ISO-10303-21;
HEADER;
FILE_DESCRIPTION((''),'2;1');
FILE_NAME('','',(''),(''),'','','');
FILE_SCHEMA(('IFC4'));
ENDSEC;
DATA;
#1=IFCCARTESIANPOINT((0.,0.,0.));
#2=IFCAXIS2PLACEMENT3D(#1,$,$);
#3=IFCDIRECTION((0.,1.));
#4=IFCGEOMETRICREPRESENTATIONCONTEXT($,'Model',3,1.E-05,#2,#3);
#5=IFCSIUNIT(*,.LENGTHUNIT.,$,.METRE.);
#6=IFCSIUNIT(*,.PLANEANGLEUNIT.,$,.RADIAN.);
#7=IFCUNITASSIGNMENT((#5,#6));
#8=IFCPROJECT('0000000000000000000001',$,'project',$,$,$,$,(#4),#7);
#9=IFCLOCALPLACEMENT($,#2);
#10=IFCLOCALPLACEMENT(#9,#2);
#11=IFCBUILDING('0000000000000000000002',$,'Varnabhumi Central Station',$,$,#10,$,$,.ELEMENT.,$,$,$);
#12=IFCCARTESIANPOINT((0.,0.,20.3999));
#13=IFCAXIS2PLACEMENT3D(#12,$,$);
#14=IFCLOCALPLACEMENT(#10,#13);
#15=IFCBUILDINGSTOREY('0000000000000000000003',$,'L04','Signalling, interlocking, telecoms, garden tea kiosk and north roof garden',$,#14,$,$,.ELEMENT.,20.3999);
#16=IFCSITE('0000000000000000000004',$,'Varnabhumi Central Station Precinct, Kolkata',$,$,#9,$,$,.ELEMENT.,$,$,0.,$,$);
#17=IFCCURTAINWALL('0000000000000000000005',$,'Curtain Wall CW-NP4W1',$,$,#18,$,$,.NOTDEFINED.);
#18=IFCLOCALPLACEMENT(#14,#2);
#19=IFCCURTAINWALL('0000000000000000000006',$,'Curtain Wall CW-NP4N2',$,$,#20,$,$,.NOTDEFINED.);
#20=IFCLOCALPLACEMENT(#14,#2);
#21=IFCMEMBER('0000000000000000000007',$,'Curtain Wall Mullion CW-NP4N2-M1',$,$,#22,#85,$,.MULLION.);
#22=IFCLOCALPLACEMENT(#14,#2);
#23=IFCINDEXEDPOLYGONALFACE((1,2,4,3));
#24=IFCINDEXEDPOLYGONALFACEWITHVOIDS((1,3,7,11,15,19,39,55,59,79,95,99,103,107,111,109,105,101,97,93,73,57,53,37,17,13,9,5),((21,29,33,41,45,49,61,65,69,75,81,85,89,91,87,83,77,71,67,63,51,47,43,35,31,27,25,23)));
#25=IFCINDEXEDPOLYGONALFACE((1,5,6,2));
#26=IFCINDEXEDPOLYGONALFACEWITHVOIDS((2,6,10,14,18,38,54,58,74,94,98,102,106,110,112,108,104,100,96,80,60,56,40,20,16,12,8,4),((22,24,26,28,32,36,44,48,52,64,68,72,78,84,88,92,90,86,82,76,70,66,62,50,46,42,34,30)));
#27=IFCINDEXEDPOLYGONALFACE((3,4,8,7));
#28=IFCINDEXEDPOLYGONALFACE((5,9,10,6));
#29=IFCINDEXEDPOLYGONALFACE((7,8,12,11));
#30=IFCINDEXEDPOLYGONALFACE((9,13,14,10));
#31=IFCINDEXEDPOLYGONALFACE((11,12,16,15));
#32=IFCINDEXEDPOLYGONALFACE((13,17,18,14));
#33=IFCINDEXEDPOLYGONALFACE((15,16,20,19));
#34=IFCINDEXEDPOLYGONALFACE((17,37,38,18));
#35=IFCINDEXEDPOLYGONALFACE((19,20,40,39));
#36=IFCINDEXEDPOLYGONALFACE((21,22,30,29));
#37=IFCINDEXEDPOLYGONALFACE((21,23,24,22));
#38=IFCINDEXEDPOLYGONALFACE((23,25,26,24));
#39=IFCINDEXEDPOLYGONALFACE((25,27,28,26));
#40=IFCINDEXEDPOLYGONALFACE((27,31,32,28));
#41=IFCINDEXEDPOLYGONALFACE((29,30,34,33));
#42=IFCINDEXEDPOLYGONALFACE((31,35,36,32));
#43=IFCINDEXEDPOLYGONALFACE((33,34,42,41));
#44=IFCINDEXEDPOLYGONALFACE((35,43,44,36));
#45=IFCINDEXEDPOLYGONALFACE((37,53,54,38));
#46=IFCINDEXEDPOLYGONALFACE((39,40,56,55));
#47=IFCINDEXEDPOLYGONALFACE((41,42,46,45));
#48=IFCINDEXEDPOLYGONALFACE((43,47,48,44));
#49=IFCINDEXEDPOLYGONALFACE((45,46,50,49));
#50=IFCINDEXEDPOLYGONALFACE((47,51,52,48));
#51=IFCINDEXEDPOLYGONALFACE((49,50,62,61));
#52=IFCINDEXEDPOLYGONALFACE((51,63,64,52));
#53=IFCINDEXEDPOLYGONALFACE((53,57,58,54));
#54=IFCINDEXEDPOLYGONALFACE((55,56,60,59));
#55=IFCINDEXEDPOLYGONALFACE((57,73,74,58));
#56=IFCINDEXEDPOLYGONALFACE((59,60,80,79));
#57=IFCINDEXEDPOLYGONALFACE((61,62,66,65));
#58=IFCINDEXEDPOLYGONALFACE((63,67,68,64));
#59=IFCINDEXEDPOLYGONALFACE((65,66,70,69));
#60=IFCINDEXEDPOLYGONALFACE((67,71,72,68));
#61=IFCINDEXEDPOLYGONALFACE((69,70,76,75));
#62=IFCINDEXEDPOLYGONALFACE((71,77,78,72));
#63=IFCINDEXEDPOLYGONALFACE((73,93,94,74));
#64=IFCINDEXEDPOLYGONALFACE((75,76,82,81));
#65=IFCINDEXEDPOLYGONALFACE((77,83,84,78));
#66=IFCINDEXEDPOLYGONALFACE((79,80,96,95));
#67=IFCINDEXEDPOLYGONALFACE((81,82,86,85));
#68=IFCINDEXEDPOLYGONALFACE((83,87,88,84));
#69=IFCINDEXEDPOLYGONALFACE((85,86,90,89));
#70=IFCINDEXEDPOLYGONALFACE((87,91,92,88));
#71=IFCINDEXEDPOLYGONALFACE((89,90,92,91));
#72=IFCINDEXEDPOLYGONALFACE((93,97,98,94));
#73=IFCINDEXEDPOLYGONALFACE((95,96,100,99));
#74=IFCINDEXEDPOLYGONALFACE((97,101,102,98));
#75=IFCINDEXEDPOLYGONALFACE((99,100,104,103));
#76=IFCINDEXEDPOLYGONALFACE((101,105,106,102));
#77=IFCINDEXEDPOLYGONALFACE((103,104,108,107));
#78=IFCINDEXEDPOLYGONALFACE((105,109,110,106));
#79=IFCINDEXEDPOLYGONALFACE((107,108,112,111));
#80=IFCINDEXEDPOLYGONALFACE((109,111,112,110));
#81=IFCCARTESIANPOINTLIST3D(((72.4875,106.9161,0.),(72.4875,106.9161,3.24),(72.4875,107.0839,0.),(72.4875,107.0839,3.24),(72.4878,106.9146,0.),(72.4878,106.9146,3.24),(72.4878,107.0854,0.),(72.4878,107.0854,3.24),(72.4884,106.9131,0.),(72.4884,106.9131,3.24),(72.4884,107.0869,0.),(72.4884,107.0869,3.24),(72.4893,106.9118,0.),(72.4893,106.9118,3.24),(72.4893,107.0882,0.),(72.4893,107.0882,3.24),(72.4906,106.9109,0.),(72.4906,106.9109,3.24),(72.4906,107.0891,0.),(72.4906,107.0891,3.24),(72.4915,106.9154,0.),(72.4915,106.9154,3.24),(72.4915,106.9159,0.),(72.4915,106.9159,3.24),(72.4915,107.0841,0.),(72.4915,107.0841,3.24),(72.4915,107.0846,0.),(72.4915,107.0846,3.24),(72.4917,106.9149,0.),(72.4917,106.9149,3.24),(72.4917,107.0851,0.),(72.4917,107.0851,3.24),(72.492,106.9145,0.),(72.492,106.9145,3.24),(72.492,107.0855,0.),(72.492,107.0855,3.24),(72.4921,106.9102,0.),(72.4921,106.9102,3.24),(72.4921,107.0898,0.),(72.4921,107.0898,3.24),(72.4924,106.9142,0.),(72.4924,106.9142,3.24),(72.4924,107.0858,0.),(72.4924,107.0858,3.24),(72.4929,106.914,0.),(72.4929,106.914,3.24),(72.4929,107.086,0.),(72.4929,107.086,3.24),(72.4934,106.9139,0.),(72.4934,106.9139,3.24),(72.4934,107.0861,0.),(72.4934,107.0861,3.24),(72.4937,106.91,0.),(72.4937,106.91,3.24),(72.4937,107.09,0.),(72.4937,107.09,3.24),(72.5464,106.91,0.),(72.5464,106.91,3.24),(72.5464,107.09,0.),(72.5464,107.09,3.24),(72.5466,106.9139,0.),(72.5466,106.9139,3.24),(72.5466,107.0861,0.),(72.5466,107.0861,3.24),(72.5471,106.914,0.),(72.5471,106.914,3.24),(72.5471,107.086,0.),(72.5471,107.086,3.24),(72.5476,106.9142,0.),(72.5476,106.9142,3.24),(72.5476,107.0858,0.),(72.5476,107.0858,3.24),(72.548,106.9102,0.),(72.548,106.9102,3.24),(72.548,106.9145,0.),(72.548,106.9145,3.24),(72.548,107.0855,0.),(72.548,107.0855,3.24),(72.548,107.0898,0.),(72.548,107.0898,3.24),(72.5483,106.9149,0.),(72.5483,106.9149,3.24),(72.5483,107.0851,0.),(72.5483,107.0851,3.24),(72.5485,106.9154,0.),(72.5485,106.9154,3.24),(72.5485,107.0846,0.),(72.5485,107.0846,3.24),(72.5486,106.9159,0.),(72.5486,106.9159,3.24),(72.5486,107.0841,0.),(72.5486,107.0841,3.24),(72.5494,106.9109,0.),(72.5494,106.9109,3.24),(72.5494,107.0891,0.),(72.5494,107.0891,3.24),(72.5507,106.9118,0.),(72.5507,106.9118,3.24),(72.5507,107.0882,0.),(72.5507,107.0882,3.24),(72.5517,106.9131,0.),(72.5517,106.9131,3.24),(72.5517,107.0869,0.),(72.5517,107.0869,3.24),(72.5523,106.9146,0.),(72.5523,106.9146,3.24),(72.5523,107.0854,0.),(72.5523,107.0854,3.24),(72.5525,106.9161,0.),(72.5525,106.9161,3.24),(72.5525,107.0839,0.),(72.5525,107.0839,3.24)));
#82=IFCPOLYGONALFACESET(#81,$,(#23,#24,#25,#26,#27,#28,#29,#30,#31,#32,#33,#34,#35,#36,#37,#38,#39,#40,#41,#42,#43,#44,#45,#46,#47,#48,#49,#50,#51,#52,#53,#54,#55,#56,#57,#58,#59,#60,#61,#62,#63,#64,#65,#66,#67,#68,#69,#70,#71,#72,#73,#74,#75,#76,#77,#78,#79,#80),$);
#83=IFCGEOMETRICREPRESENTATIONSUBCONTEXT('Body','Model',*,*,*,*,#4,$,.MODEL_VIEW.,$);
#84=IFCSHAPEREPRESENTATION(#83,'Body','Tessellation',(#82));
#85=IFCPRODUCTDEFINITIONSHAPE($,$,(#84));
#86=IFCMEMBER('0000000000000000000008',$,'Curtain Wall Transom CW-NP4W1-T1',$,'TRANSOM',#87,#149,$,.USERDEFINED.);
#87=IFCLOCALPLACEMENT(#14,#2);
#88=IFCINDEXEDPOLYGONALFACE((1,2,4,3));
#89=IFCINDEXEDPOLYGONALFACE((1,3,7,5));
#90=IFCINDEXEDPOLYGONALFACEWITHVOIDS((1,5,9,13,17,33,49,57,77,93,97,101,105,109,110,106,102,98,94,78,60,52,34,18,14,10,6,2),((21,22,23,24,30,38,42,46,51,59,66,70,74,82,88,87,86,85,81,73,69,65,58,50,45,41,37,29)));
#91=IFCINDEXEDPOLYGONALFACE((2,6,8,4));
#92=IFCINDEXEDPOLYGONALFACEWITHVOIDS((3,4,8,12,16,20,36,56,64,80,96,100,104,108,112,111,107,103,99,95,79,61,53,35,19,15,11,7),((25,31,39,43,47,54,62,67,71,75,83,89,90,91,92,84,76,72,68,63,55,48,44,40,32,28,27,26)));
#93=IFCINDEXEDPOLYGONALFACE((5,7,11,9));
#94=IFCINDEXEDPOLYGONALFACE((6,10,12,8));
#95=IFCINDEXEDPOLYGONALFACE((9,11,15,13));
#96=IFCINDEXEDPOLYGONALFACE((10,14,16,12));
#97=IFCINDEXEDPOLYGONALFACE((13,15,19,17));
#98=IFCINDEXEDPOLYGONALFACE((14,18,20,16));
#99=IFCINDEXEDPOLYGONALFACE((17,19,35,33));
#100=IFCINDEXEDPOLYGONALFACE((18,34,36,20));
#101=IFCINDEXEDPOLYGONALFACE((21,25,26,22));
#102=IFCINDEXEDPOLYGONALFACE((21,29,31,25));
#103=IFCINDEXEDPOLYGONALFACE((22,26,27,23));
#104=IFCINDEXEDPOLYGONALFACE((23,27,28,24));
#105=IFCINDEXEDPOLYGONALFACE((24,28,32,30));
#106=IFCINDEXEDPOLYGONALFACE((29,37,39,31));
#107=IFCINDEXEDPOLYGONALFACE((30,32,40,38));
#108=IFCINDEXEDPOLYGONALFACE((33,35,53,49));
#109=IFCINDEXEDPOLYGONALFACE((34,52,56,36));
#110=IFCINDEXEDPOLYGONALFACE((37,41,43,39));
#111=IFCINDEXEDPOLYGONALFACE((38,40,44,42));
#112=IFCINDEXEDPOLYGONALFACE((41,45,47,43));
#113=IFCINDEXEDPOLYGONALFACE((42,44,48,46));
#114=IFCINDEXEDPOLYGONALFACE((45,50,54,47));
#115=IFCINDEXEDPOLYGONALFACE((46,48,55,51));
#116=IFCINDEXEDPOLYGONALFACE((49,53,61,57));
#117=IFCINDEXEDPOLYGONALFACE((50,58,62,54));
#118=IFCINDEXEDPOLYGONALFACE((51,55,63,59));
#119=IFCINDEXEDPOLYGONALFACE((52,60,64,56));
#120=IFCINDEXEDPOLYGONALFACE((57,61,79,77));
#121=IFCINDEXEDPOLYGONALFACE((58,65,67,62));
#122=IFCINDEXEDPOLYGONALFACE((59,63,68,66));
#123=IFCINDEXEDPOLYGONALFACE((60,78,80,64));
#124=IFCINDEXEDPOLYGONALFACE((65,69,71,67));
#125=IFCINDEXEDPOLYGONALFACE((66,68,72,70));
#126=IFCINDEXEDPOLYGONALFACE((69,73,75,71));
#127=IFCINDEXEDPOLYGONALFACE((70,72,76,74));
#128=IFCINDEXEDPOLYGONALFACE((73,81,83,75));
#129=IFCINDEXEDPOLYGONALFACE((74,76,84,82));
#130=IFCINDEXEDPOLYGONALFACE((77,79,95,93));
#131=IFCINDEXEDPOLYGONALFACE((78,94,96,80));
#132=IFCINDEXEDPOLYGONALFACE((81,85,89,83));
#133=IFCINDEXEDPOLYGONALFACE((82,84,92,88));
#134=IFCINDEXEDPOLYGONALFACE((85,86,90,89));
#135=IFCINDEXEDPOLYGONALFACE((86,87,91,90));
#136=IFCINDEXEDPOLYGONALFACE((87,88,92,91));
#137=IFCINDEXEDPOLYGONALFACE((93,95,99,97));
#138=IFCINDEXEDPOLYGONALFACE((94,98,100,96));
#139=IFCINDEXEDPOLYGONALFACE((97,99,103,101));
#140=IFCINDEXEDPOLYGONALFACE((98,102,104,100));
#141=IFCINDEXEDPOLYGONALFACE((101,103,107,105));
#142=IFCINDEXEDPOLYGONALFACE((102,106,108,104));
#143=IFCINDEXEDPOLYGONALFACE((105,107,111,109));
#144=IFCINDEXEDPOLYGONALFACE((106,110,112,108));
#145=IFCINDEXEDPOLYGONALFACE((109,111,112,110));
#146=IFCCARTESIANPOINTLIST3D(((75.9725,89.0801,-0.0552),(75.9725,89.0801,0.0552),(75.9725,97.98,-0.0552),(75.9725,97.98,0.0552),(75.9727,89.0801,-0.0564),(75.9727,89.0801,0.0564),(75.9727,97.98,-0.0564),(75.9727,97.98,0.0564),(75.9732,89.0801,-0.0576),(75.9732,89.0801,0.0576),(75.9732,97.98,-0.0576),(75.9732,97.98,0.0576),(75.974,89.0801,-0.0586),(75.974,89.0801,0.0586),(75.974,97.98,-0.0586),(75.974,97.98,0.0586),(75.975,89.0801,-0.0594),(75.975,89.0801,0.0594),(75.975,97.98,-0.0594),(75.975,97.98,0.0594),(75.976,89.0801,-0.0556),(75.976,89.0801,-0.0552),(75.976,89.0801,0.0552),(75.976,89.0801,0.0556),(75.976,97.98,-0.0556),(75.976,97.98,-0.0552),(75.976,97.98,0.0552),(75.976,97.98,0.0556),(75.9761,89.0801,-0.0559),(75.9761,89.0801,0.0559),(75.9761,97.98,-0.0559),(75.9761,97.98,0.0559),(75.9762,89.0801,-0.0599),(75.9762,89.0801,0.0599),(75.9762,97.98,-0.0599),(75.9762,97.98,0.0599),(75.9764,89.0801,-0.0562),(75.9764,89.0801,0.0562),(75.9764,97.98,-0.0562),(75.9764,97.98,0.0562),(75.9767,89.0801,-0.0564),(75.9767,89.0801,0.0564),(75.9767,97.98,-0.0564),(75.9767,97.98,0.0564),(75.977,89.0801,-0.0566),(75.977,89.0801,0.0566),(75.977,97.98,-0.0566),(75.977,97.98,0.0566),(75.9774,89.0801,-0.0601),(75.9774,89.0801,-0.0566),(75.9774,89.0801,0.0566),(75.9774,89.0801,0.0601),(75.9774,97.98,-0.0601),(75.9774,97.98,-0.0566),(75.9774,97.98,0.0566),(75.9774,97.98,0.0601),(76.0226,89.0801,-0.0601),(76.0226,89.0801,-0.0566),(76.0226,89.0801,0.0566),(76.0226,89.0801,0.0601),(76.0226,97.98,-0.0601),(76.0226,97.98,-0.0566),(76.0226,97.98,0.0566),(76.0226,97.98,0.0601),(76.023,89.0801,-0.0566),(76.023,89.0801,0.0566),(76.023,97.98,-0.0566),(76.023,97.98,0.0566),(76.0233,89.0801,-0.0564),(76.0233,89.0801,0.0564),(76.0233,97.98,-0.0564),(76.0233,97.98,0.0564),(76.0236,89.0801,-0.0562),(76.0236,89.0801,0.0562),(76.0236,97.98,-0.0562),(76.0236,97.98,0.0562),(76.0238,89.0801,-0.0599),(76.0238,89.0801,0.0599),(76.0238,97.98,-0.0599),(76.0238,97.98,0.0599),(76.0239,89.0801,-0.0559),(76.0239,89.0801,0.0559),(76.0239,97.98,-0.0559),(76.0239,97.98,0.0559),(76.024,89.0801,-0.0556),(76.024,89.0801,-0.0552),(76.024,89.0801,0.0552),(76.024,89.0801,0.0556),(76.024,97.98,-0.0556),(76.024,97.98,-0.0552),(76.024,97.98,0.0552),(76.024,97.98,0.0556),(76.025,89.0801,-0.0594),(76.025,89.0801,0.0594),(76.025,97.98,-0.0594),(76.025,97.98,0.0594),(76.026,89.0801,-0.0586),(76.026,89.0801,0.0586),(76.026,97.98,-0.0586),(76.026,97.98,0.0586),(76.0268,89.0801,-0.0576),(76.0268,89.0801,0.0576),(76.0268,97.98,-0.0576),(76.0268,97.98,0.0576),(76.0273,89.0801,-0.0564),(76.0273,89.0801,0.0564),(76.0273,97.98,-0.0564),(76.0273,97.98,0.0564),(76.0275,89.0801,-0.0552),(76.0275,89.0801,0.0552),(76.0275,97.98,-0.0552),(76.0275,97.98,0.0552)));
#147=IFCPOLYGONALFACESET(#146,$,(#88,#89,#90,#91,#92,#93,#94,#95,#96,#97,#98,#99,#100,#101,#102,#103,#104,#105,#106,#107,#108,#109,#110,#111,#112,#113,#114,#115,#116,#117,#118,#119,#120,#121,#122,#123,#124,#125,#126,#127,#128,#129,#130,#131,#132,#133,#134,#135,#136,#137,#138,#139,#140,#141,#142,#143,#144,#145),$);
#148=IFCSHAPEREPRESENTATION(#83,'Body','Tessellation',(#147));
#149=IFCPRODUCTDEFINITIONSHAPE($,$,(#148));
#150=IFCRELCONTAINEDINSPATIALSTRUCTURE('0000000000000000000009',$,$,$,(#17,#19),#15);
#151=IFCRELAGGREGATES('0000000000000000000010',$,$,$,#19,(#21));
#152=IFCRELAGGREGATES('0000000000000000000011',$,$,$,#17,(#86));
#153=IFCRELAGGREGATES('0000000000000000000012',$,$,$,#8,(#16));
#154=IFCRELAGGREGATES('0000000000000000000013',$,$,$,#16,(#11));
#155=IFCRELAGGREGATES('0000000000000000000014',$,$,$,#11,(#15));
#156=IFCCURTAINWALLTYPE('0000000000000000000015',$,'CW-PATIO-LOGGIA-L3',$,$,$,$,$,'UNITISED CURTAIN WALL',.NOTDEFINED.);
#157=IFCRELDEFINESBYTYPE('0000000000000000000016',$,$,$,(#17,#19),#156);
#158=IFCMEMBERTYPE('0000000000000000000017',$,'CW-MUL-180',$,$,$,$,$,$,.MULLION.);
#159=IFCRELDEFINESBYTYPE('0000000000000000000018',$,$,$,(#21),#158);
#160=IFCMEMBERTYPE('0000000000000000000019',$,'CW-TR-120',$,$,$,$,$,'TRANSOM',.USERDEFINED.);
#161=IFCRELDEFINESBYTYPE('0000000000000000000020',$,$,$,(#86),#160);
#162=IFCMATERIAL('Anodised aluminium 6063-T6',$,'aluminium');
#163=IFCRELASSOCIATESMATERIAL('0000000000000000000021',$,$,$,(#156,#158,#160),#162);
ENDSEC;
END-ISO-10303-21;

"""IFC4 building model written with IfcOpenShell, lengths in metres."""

from ifc_helpers import new_model, si_unit, direction, frame, origin, origin_2d, place, context, subcontext, project, spatial, hollow_rectangle, extrude, material, material_profile, profile_set, type_object, element, aggregate, save


model = new_model("IFC4")

# Units and contexts
model_context = context("Model", 3, precision=1e-05, world=origin(), true_north=direction((0.0, 1.0)))
body_context = subcontext(model_context, "Body", "Model", "MODEL_VIEW")
ifc_project = project(units=[si_unit("LENGTHUNIT", "METRE"), si_unit("PLANEANGLEUNIT", "RADIAN")], contexts=[model_context])

# Site, building, storey
site_placement = place(None, origin())
site = spatial("IfcSite", under=ifc_project, at=site_placement, Name="Varnabhumi Central Station Precinct, Kolkata", CompositionType="ELEMENT", RefElevation=0.0)
building_placement = place(site_placement, origin())
building = spatial("IfcBuilding", under=site, at=building_placement, Name="Varnabhumi Central Station", CompositionType="ELEMENT")
storey_placement = place(building_placement, frame((0.0, 0.0, 20.3999)))
storey = spatial("IfcBuildingStorey", under=building, at=storey_placement, Name="L04", Description="Signalling, interlocking, telecoms, garden tea kiosk and north roof garden", CompositionType="ELEMENT", Elevation=20.3999)

# Curtain wall
ifc_material_1 = material(Name="Anodised aluminium 6063-T6", Category="aluminium")
curtain_wall_type = type_object("IfcCurtainWallType", Name="CW-PATIO-LOGGIA-L3", ElementType="UNITISED CURTAIN WALL", PredefinedType="NOTDEFINED", material=ifc_material_1)
curtain_wall_1_placement = place(storey_placement, origin())
curtain_wall_1 = element("IfcCurtainWall", 1, at=curtain_wall_1_placement, inside=storey, type_object=curtain_wall_type, Name="Curtain Wall CW-NP4W1", PredefinedType="NOTDEFINED")
ifc_material_profile_1 = material_profile(ifc_material_1, hollow_rectangle(XDim=0.0649, YDim=0.1799, WallThickness=0.0039, InnerFilletRadius=0.002, OuterFilletRadius=0.0061, at=origin_2d()), Name="Anodised aluminium 6063-T6", Category="aluminium")
ifc_profile_set_1 = profile_set([ifc_material_profile_1], Name="Anodised aluminium 6063-T6")
member_type_1 = type_object("IfcMemberType", Name="CW-MUL-180", PredefinedType="MULLION", material=ifc_profile_set_1)

# Curtain wall, member
curtain_wall_2_placement = place(storey_placement, origin())
curtain_wall_2 = element("IfcCurtainWall", 2, at=curtain_wall_2_placement, inside=storey, type_object=curtain_wall_type, Name="Curtain Wall CW-NP4N2", PredefinedType="NOTDEFINED")
member_1_placement = place(storey_placement, frame((72.52, 107.0, 0.0), z_axis=(0.0, 0.0, 1.0), x_axis=(1.0, 0.0, 0.0)))
member_1 = element("IfcMember", 3, at=member_1_placement, type_object=member_type_1, Name="Curtain Wall Mullion CW-NP4N2-M1", PredefinedType="MULLION", context=body_context, shape_type="SweptSolid", body=[
    extrude(hollow_rectangle(XDim=0.0649, YDim=0.1799, WallThickness=0.0039, InnerFilletRadius=0.002, OuterFilletRadius=0.0061, at=origin_2d()), origin(), (0.0, 0.0, 1.0), 3.24),
])
aggregate(curtain_wall_2, [member_1])

# Member
ifc_material_profile_2 = material_profile(ifc_material_1, hollow_rectangle(XDim=0.0549, YDim=0.1201, WallThickness=0.0034, InnerFilletRadius=0.0015, OuterFilletRadius=0.0049, at=origin_2d()), Name="Anodised aluminium 6063-T6", Category="aluminium")
ifc_profile_set_2 = profile_set([ifc_material_profile_2], Name="Anodised aluminium 6063-T6")
member_type_2 = type_object("IfcMemberType", Name="CW-TR-120", ElementType="TRANSOM", PredefinedType="USERDEFINED", material=ifc_profile_set_2)
member_2_placement = place(storey_placement, frame((76.0, 89.0801, 0.0), z_axis=(0.0, 1.0, 0.0), x_axis=(-1.0, 0.0, 0.0)))
member_2 = element("IfcMember", 4, at=member_2_placement, type_object=member_type_2, Name="Curtain Wall Transom CW-NP4W1-T1", ObjectType="TRANSOM", PredefinedType="USERDEFINED", context=body_context, shape_type="SweptSolid", body=[
    extrude(hollow_rectangle(XDim=0.0549, YDim=0.1201, WallThickness=0.0034, InnerFilletRadius=0.0015, OuterFilletRadius=0.0049, at=origin_2d()), origin(), (0.0, 0.0, 1.0), 8.8999),
])

aggregate(curtain_wall_1, [member_2])

save(model, "model.ifc")
